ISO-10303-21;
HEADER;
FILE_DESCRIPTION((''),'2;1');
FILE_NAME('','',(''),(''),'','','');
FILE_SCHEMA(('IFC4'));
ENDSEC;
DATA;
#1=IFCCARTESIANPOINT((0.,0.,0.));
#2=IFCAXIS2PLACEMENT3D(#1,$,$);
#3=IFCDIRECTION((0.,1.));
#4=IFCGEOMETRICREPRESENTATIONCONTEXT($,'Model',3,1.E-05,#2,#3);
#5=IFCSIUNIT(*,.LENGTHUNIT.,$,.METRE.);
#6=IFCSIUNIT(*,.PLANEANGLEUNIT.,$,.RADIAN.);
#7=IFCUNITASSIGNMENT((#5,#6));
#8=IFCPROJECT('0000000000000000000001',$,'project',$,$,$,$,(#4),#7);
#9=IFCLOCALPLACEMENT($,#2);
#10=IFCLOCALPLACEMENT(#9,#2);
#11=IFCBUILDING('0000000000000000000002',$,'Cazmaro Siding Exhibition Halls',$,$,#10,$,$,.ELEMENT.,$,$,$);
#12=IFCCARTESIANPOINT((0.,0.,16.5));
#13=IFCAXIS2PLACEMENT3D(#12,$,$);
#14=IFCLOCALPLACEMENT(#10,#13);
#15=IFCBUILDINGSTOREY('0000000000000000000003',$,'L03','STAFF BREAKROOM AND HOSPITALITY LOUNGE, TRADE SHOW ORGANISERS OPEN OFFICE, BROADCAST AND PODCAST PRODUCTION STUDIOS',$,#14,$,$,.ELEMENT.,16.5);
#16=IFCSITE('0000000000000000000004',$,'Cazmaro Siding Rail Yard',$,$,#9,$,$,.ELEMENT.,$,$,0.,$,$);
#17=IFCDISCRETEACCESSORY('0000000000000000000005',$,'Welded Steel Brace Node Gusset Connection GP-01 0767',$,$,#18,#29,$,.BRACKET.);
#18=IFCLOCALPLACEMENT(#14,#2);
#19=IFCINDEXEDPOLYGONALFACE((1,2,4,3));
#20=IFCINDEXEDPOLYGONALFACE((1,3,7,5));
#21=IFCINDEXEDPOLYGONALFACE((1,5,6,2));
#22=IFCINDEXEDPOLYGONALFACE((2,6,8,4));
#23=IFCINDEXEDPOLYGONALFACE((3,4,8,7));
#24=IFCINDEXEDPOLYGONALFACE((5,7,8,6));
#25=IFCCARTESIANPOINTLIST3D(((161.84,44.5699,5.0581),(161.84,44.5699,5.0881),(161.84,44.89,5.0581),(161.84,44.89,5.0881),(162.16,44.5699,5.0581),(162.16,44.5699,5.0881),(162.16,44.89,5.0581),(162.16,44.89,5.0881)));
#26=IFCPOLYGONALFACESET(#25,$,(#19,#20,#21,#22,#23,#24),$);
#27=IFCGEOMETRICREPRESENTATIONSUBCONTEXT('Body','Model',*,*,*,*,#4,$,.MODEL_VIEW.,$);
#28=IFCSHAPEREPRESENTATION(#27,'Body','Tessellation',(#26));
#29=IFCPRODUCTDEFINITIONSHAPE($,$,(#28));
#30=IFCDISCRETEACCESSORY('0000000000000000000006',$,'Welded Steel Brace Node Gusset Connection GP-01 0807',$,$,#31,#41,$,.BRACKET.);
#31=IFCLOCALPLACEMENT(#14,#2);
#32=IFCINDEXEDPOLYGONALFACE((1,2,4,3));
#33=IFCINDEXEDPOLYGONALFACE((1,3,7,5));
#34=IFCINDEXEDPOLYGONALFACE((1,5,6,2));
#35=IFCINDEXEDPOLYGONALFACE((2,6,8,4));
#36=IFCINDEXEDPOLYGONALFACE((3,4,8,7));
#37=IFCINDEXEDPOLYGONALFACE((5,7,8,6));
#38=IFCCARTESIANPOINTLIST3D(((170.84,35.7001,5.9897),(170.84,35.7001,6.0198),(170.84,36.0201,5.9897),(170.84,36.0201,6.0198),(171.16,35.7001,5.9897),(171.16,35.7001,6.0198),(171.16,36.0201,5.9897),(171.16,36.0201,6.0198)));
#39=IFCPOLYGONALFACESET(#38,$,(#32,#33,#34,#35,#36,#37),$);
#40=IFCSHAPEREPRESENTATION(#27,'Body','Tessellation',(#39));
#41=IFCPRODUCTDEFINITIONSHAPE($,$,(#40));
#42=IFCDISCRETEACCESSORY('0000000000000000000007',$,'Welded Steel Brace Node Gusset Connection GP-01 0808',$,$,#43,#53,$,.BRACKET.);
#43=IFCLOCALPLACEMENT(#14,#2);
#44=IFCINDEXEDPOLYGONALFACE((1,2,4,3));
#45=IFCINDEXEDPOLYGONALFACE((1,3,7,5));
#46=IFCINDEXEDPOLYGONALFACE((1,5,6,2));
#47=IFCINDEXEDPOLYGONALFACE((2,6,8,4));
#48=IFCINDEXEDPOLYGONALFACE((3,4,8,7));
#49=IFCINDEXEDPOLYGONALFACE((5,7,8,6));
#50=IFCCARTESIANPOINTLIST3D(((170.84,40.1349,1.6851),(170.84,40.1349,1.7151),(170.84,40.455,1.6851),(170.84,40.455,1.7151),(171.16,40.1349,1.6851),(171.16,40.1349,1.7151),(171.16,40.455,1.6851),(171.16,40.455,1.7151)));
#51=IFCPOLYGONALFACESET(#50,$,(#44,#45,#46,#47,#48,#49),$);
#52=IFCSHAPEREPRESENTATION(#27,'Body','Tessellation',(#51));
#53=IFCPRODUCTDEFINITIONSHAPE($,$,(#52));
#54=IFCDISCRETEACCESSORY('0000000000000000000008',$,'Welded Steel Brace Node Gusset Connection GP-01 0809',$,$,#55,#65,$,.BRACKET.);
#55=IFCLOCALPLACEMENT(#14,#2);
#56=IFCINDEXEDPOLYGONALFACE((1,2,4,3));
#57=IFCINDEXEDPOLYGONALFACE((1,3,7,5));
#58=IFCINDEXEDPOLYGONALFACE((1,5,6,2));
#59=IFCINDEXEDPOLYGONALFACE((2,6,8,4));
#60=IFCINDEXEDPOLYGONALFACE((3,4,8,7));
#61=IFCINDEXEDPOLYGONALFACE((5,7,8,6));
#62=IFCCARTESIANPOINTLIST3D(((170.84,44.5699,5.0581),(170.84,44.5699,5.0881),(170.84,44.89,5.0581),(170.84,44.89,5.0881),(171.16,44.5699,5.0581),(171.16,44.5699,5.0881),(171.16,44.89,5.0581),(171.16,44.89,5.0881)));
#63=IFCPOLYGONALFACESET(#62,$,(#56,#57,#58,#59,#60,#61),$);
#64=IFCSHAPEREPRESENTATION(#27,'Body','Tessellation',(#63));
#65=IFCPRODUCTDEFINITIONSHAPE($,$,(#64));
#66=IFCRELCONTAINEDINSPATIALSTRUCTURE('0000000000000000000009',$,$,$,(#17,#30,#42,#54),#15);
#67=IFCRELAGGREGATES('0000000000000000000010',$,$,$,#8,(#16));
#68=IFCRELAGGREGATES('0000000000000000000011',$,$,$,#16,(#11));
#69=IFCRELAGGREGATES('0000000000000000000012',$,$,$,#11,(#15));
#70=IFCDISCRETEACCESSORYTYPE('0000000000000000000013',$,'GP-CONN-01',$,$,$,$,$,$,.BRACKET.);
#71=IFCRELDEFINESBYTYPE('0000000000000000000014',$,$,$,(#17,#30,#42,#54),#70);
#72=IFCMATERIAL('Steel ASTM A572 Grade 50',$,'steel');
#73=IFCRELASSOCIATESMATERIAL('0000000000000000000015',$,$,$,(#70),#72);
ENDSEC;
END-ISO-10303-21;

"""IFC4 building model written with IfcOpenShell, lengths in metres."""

from ifc_helpers import new_model, si_unit, direction, frame, origin, origin_2d, place, context, subcontext, project, spatial, rectangle, extrude, material, type_object, element, save


model = new_model("IFC4")

# Units and contexts
model_context = context("Model", 3, precision=1e-05, world=origin(), true_north=direction((0.0, 1.0)))
body_context = subcontext(model_context, "Body", "Model", "MODEL_VIEW")
ifc_project = project(units=[si_unit("LENGTHUNIT", "METRE"), si_unit("PLANEANGLEUNIT", "RADIAN")], contexts=[model_context])

# Site, building, storey
site_placement = place(None, origin())
site = spatial("IfcSite", under=ifc_project, at=site_placement, Name="Cazmaro Siding Rail Yard", CompositionType="ELEMENT", RefElevation=0.0)
building_placement = place(site_placement, origin())
building = spatial("IfcBuilding", under=site, at=building_placement, Name="Cazmaro Siding Exhibition Halls", CompositionType="ELEMENT")
storey_placement = place(building_placement, frame((0.0, 0.0, 16.5)))
storey = spatial("IfcBuildingStorey", under=building, at=storey_placement, Name="L03", Description="STAFF BREAKROOM AND HOSPITALITY LOUNGE, TRADE SHOW ORGANISERS OPEN OFFICE, BROADCAST AND PODCAST PRODUCTION STUDIOS", CompositionType="ELEMENT", Elevation=16.5)

# Discrete accessories
ifc_material_1 = material(Name="Steel ASTM A572 Grade 50", Category="steel")
discrete_accessory_type = type_object("IfcDiscreteAccessoryType", Name="GP-CONN-01", PredefinedType="BRACKET", material=ifc_material_1)
for number, where, z_axis, x_axis, name in (
    (1, (162.0, 44.73, 5.0581), (0.0, 0.0, 1.0), (1.0, 0.0, 0.0), "Welded Steel Brace Node Gusset Connection GP-01 0767"),
    (2, (171.0, 35.8601, 5.9897), (0.0, 0.0, 1.0), (1.0, 0.0, 0.0), "Welded Steel Brace Node Gusset Connection GP-01 0807"),
    (3, (171.0, 40.2949, 1.6851), (0.0, 0.0, 1.0), (1.0, 0.0, 0.0), "Welded Steel Brace Node Gusset Connection GP-01 0808"),
    (4, (171.0, 44.73, 5.0581), (0.0, 0.0, 1.0), (1.0, 0.0, 0.0), "Welded Steel Brace Node Gusset Connection GP-01 0809"),
):
    element("IfcDiscreteAccessory", number, at=place(storey_placement, frame(where, z_axis=z_axis, x_axis=x_axis)), inside=storey, type_object=discrete_accessory_type, Name=name, PredefinedType="BRACKET", context=body_context, shape_type="SweptSolid", body=[
        extrude(rectangle(XDim=0.3201, YDim=0.3201, at=origin_2d()), origin(), (0.0, 0.0, 1.0), 0.03),
    ])

save(model, "model.ifc")
